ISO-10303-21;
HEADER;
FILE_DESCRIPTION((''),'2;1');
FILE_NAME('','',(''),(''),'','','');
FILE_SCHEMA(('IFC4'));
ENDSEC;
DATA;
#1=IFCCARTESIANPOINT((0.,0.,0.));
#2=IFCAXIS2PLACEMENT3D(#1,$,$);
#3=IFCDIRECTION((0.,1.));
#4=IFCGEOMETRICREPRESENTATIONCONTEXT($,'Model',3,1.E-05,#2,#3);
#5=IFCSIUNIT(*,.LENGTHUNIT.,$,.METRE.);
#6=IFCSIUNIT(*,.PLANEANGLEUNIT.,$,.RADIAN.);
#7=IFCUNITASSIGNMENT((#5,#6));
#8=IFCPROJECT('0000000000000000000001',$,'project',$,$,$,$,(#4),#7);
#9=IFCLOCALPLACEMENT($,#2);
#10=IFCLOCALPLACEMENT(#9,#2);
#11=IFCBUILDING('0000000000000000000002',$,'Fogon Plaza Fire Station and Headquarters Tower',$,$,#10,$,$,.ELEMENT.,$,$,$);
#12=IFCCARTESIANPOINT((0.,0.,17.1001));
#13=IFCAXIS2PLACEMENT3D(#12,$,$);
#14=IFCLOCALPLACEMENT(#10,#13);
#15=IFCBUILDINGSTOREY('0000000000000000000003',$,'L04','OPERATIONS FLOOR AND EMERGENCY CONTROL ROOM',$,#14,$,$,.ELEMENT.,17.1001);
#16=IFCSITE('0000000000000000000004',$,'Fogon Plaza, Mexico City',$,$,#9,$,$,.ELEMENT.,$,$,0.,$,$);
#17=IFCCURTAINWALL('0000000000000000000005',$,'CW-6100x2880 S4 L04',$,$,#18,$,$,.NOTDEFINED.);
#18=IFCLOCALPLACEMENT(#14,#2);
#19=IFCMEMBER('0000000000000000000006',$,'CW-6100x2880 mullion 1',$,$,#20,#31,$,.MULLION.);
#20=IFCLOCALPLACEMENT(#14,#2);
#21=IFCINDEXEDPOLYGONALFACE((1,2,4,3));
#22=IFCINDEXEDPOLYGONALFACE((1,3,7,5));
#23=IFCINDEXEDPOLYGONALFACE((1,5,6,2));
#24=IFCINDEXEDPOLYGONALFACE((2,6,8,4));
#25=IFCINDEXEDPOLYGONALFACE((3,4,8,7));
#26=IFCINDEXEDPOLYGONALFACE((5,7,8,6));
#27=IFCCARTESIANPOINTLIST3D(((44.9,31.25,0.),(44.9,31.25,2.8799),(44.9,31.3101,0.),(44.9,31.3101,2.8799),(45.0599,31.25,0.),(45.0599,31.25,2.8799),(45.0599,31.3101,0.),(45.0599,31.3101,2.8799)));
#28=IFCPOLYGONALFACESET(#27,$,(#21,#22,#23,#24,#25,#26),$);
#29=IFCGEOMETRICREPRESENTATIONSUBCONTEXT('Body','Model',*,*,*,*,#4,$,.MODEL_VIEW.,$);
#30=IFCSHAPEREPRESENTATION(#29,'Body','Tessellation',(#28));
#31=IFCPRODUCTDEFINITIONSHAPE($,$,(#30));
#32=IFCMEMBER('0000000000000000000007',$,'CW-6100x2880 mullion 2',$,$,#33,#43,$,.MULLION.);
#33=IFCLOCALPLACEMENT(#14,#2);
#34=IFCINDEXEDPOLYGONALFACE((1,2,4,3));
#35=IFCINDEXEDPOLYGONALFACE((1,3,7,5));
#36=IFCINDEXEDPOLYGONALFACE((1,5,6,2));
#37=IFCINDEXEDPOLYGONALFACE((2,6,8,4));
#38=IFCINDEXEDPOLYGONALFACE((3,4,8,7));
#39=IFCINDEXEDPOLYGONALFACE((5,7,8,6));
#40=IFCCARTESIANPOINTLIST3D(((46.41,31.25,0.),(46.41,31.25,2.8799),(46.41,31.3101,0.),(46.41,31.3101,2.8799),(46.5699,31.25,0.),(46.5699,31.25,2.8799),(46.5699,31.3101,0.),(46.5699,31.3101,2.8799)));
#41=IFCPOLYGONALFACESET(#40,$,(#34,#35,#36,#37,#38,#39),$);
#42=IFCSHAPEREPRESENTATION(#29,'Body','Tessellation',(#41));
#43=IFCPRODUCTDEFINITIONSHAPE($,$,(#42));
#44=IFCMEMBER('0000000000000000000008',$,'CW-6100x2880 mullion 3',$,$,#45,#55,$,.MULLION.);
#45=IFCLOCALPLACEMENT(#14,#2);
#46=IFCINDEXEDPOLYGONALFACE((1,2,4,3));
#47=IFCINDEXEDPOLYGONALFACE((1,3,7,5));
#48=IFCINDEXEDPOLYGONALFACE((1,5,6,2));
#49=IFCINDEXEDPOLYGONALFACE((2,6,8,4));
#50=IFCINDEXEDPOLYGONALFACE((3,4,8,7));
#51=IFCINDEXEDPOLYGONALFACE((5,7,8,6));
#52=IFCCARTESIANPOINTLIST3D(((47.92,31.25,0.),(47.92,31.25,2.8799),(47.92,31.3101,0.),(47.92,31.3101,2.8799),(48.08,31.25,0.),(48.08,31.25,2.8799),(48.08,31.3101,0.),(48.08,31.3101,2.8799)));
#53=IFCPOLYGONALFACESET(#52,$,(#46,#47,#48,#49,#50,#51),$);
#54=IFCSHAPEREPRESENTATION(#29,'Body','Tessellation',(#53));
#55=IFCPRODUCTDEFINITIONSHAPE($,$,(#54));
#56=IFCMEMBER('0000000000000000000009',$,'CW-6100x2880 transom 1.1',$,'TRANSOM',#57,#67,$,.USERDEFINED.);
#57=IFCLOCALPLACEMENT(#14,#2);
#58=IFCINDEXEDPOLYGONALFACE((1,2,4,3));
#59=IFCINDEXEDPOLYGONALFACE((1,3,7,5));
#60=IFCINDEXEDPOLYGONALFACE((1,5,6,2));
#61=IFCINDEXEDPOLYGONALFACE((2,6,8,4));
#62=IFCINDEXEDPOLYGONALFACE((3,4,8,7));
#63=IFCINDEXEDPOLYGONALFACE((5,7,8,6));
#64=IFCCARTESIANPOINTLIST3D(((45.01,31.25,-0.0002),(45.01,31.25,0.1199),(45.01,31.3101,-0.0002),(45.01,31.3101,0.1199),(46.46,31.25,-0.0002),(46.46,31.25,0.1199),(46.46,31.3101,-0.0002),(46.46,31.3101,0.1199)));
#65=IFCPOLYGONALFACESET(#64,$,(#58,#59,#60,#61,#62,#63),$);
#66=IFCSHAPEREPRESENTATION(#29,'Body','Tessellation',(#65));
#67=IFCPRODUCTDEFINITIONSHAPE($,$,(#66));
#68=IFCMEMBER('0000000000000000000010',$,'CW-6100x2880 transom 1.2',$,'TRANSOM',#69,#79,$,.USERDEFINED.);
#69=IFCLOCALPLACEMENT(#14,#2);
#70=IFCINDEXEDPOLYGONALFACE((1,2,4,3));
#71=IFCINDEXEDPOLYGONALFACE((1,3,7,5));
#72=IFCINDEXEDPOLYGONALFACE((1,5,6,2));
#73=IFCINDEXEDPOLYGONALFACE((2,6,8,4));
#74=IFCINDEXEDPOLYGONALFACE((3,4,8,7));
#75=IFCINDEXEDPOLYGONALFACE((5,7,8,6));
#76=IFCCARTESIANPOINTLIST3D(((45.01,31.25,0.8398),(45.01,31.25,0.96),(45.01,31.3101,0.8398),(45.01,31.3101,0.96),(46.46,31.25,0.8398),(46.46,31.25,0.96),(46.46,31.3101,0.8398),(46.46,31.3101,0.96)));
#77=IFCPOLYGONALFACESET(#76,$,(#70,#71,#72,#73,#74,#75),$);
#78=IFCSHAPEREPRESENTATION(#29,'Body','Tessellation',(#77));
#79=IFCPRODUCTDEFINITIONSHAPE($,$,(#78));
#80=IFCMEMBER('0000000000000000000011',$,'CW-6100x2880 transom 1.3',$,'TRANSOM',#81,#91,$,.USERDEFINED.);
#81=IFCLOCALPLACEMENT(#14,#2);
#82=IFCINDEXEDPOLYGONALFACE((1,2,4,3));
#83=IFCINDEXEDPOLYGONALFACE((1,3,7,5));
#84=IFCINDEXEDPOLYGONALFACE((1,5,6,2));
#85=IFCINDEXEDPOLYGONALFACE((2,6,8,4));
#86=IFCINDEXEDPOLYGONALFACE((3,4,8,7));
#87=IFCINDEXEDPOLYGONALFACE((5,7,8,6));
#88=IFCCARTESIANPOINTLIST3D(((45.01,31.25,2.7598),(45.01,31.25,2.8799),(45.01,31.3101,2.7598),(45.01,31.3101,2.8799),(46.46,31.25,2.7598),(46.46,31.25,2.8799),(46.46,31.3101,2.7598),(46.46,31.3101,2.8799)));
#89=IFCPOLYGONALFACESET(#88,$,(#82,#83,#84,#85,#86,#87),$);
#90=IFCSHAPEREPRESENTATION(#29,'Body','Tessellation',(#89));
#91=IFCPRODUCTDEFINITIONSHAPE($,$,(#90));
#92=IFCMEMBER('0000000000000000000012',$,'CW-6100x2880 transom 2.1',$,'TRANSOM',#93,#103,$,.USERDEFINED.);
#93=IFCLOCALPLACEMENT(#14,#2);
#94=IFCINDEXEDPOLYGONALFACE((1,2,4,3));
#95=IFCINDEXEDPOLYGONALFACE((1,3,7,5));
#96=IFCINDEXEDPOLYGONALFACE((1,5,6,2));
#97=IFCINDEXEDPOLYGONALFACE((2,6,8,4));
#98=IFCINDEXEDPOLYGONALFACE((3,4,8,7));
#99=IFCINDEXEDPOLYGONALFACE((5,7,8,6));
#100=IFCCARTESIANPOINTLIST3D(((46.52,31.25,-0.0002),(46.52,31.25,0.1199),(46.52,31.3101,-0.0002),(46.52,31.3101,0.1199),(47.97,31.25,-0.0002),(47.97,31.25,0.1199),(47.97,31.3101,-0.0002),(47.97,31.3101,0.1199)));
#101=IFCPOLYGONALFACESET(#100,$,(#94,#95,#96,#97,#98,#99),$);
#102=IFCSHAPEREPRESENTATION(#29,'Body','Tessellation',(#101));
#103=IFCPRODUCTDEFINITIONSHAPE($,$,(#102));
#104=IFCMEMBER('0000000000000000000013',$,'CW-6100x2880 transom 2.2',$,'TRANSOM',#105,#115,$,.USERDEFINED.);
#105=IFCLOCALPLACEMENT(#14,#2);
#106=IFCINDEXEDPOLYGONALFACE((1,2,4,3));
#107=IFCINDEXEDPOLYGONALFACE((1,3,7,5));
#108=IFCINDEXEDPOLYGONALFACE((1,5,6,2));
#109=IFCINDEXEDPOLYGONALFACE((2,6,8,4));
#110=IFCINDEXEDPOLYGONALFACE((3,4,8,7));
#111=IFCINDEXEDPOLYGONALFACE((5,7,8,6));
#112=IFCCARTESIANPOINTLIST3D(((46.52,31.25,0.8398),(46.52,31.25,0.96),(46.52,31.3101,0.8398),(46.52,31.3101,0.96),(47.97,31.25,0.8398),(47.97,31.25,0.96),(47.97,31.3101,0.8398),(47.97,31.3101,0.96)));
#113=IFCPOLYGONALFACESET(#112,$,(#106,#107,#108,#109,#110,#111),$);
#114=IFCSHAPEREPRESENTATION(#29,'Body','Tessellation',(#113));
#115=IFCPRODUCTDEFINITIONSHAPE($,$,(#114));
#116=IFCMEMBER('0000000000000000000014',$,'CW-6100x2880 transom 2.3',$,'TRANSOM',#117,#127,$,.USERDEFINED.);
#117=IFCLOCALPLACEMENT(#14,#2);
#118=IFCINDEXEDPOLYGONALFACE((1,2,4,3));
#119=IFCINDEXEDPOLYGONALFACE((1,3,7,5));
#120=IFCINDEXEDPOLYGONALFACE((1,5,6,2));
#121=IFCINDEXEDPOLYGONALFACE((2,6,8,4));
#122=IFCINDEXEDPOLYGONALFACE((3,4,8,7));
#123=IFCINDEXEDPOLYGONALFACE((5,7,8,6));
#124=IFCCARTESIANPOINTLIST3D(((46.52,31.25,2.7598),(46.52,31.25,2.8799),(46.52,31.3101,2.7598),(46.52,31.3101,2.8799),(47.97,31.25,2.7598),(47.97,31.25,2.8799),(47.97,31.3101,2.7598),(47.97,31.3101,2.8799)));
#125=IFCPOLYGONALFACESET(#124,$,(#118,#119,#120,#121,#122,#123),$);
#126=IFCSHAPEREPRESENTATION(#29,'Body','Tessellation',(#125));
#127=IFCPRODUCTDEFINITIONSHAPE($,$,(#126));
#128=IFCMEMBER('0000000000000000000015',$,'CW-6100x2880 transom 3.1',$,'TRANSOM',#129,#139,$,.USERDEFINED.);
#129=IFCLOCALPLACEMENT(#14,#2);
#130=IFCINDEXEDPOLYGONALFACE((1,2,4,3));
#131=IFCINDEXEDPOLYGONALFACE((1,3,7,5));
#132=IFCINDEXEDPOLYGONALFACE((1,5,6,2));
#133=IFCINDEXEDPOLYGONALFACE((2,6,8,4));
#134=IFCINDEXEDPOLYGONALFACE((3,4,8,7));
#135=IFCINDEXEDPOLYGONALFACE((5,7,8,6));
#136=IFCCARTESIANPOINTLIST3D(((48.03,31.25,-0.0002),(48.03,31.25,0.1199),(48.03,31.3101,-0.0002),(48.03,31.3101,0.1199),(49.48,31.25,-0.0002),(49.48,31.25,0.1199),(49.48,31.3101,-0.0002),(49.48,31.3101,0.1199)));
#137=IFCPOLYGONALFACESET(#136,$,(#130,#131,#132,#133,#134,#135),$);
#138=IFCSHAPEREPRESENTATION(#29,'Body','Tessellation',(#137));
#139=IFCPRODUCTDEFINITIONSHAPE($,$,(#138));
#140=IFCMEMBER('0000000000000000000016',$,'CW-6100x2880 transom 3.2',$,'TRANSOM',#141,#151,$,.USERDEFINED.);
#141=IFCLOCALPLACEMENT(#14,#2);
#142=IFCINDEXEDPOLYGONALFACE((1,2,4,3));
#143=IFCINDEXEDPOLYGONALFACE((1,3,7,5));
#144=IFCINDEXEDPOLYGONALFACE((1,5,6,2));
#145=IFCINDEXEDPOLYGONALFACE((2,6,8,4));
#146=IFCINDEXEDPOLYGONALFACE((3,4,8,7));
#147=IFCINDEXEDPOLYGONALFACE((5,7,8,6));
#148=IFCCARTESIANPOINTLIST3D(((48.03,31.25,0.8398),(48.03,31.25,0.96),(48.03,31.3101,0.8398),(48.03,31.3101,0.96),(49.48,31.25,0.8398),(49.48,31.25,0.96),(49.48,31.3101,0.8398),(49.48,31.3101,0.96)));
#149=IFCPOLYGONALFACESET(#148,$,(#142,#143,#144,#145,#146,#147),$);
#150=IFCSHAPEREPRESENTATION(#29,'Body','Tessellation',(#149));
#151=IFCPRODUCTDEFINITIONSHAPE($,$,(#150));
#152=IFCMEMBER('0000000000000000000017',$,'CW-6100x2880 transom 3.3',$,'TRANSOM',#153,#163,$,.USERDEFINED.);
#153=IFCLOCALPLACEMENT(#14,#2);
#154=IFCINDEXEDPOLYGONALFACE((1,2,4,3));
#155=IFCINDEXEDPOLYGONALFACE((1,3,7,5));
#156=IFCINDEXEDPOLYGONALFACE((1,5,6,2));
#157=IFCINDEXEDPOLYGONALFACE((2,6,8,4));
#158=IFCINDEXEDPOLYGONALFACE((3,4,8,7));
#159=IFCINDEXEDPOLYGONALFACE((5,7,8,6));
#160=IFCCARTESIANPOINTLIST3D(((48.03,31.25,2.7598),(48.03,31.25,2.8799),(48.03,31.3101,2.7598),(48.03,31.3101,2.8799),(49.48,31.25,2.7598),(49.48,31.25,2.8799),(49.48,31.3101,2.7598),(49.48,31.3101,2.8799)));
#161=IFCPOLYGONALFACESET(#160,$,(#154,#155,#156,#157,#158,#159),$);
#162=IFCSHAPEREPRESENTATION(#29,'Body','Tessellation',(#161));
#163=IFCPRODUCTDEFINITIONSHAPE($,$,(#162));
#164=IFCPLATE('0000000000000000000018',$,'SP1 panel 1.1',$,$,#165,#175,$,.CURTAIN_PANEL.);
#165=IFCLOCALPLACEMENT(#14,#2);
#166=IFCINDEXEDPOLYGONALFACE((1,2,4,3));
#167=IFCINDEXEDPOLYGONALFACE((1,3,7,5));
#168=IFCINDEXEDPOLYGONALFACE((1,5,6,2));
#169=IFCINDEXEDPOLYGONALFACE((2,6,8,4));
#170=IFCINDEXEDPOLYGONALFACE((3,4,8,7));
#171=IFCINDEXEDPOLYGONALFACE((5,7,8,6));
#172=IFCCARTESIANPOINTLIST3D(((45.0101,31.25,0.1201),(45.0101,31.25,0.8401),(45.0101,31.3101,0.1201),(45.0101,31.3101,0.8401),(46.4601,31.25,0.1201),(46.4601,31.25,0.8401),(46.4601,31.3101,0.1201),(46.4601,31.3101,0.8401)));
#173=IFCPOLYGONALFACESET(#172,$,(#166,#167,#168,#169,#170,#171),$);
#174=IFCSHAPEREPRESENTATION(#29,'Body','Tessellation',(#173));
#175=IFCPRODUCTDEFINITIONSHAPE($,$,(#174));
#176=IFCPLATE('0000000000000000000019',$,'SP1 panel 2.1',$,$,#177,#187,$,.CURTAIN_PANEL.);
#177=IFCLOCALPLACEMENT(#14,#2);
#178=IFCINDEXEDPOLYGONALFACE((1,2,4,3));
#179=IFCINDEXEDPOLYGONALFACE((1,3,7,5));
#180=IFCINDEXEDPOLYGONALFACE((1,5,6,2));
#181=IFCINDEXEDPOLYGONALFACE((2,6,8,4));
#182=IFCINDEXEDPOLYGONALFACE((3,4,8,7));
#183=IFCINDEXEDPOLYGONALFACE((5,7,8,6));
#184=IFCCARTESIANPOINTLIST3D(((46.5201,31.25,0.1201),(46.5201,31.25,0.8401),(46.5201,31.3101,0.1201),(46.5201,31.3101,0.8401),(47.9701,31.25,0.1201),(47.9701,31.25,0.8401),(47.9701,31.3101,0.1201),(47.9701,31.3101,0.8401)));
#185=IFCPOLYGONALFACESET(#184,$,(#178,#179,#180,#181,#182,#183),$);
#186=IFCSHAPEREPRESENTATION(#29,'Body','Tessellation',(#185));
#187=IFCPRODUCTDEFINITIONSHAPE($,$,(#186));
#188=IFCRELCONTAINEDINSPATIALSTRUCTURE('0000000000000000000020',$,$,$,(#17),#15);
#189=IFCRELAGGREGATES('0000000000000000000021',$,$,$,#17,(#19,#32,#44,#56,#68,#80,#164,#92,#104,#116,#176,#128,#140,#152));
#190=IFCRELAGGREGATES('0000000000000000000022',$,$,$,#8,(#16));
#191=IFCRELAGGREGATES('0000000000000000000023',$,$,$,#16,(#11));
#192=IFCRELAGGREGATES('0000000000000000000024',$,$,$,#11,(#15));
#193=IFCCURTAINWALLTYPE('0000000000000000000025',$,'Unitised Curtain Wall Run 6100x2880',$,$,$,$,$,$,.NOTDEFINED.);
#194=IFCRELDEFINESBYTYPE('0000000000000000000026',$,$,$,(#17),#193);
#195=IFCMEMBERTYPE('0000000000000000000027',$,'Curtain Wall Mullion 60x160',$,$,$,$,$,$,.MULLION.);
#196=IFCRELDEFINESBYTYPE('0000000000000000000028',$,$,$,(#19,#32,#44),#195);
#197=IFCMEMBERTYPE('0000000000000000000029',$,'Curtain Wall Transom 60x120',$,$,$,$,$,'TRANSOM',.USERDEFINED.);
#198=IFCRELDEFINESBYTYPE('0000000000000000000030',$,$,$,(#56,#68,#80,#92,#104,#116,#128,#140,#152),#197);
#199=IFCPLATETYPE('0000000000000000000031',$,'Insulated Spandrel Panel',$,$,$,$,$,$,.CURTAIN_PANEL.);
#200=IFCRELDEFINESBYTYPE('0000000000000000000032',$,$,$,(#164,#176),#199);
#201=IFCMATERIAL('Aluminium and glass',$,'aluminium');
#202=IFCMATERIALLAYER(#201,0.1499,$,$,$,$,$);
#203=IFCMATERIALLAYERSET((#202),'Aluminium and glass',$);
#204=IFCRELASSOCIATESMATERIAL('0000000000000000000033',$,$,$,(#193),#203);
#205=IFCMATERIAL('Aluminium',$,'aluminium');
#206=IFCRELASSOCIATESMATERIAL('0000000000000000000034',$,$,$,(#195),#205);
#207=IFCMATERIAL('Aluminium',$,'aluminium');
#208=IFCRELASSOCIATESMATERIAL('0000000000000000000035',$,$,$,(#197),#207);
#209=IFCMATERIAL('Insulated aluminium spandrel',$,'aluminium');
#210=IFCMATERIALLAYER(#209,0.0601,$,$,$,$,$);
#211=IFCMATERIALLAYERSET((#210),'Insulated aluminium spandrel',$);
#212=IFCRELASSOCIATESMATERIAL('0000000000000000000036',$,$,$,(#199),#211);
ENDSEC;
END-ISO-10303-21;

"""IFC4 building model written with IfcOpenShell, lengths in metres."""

from ifc_helpers import new_model, si_unit, direction, frame, origin, origin_2d, place, context, subcontext, project, spatial, rectangle, extrude, material, layer, layer_set, material_profile, profile_set, type_object, element, aggregate, save


model = new_model("IFC4")

# Units and contexts
model_context = context("Model", 3, precision=1e-05, world=origin(), true_north=direction((0.0, 1.0)))
body_context = subcontext(model_context, "Body", "Model", "MODEL_VIEW")
ifc_project = project(units=[si_unit("LENGTHUNIT", "METRE"), si_unit("PLANEANGLEUNIT", "RADIAN")], contexts=[model_context])

# Site, building, storey
site_placement = place(None, origin())
site = spatial("IfcSite", under=ifc_project, at=site_placement, Name="Fogon Plaza, Mexico City", CompositionType="ELEMENT", RefElevation=0.0)
building_placement = place(site_placement, origin())
building = spatial("IfcBuilding", under=site, at=building_placement, Name="Fogon Plaza Fire Station and Headquarters Tower", CompositionType="ELEMENT")
storey_placement = place(building_placement, frame((0.0, 0.0, 17.1001)))
storey = spatial("IfcBuildingStorey", under=building, at=storey_placement, Name="L04", Description="OPERATIONS FLOOR AND EMERGENCY CONTROL ROOM", CompositionType="ELEMENT", Elevation=17.1001)

# Curtain wall, members, plates
ifc_material_1 = material(Name="Aluminium and glass", Category="aluminium")
ifc_layer_1 = layer(ifc_material_1, 0.1499)
ifc_layer_set_1 = layer_set([ifc_layer_1], Name="Aluminium and glass")
curtain_wall_type = type_object("IfcCurtainWallType", Name="Unitised Curtain Wall Run 6100x2880", PredefinedType="NOTDEFINED", material=ifc_layer_set_1)
curtain_wall_placement = place(storey_placement, origin())
curtain_wall = element("IfcCurtainWall", 1, at=curtain_wall_placement, inside=storey, type_object=curtain_wall_type, Name="CW-6100x2880 S4 L04", PredefinedType="NOTDEFINED")
ifc_material_2 = material(Name="Aluminium", Category="aluminium")
ifc_material_profile_1 = material_profile(ifc_material_2, rectangle(XDim=0.0601, YDim=0.1599, at=origin_2d()), Name="Curtain Wall Mullion 60x160")
ifc_profile_set_1 = profile_set([ifc_material_profile_1], Name="Aluminium")
member_type_1 = type_object("IfcMemberType", Name="Curtain Wall Mullion 60x160", PredefinedType="MULLION", material=ifc_profile_set_1)
member_1_placement = place(storey_placement, frame((44.98, 31.28, 0.0), z_axis=(0.0, 0.0, 1.0), x_axis=(0.0, 1.0, 0.0)))
member_1 = element("IfcMember", 2, at=member_1_placement, type_object=member_type_1, Name="CW-6100x2880 mullion 1", PredefinedType="MULLION", context=body_context, shape_type="SweptSolid", body=[
    extrude(rectangle(XDim=0.0601, YDim=0.1599, at=origin_2d()), origin(), (0.0, 0.0, 1.0), 2.8799),
])
member_2_placement = place(storey_placement, frame((46.49, 31.28, 0.0), z_axis=(0.0, 0.0, 1.0), x_axis=(0.0, 1.0, 0.0)))
member_2 = element("IfcMember", 3, at=member_2_placement, type_object=member_type_1, Name="CW-6100x2880 mullion 2", PredefinedType="MULLION", context=body_context, shape_type="SweptSolid", body=[
    extrude(rectangle(XDim=0.0601, YDim=0.1599, at=origin_2d()), origin(), (0.0, 0.0, 1.0), 2.8799),
])
member_3_placement = place(storey_placement, frame((48.0, 31.28, 0.0), z_axis=(0.0, 0.0, 1.0), x_axis=(0.0, 1.0, 0.0)))
member_3 = element("IfcMember", 4, at=member_3_placement, type_object=member_type_1, Name="CW-6100x2880 mullion 3", PredefinedType="MULLION", context=body_context, shape_type="SweptSolid", body=[
    extrude(rectangle(XDim=0.0601, YDim=0.1599, at=origin_2d()), origin(), (0.0, 0.0, 1.0), 2.8799),
])
ifc_material_3 = material(Name="Aluminium", Category="aluminium")
ifc_material_profile_2 = material_profile(ifc_material_3, rectangle(XDim=0.0601, YDim=0.1201, at=origin_2d()), Name="Curtain Wall Transom 60x120")
ifc_profile_set_2 = profile_set([ifc_material_profile_2], Name="Aluminium")
member_type_2 = type_object("IfcMemberType", Name="Curtain Wall Transom 60x120", ElementType="TRANSOM", PredefinedType="USERDEFINED", material=ifc_profile_set_2)
member_4_placement = place(storey_placement, frame((45.01, 31.28, 0.0598), z_axis=(1.0, 0.0, 0.0), x_axis=(0.0, 1.0, 0.0)))
member_4 = element("IfcMember", 5, at=member_4_placement, type_object=member_type_2, Name="CW-6100x2880 transom 1.1", ObjectType="TRANSOM", PredefinedType="USERDEFINED", context=body_context, shape_type="SweptSolid", body=[
    extrude(rectangle(XDim=0.0601, YDim=0.1201, at=origin_2d()), origin(), (0.0, 0.0, 1.0), 1.45),
])
member_5_placement = place(storey_placement, frame((45.01, 31.28, 0.8999), z_axis=(1.0, 0.0, 0.0), x_axis=(0.0, 1.0, 0.0)))
member_5 = element("IfcMember", 6, at=member_5_placement, type_object=member_type_2, Name="CW-6100x2880 transom 1.2", ObjectType="TRANSOM", PredefinedType="USERDEFINED", context=body_context, shape_type="SweptSolid", body=[
    extrude(rectangle(XDim=0.0601, YDim=0.1201, at=origin_2d()), origin(), (0.0, 0.0, 1.0), 1.45),
])
member_6_placement = place(storey_placement, frame((45.01, 31.28, 2.8198), z_axis=(1.0, 0.0, 0.0), x_axis=(0.0, 1.0, 0.0)))
member_6 = element("IfcMember", 7, at=member_6_placement, type_object=member_type_2, Name="CW-6100x2880 transom 1.3", ObjectType="TRANSOM", PredefinedType="USERDEFINED", context=body_context, shape_type="SweptSolid", body=[
    extrude(rectangle(XDim=0.0601, YDim=0.1201, at=origin_2d()), origin(), (0.0, 0.0, 1.0), 1.45),
])
member_7_placement = place(storey_placement, frame((46.52, 31.28, 0.0598), z_axis=(1.0, 0.0, 0.0), x_axis=(0.0, 1.0, 0.0)))
member_7 = element("IfcMember", 8, at=member_7_placement, type_object=member_type_2, Name="CW-6100x2880 transom 2.1", ObjectType="TRANSOM", PredefinedType="USERDEFINED", context=body_context, shape_type="SweptSolid", body=[
    extrude(rectangle(XDim=0.0601, YDim=0.1201, at=origin_2d()), origin(), (0.0, 0.0, 1.0), 1.45),
])
member_8_placement = place(storey_placement, frame((46.52, 31.28, 0.8999), z_axis=(1.0, 0.0, 0.0), x_axis=(0.0, 1.0, 0.0)))
member_8 = element("IfcMember", 9, at=member_8_placement, type_object=member_type_2, Name="CW-6100x2880 transom 2.2", ObjectType="TRANSOM", PredefinedType="USERDEFINED", context=body_context, shape_type="SweptSolid", body=[
    extrude(rectangle(XDim=0.0601, YDim=0.1201, at=origin_2d()), origin(), (0.0, 0.0, 1.0), 1.45),
])
member_9_placement = place(storey_placement, frame((46.52, 31.28, 2.8198), z_axis=(1.0, 0.0, 0.0), x_axis=(0.0, 1.0, 0.0)))
member_9 = element("IfcMember", 10, at=member_9_placement, type_object=member_type_2, Name="CW-6100x2880 transom 2.3", ObjectType="TRANSOM", PredefinedType="USERDEFINED", context=body_context, shape_type="SweptSolid", body=[
    extrude(rectangle(XDim=0.0601, YDim=0.1201, at=origin_2d()), origin(), (0.0, 0.0, 1.0), 1.45),
])
member_10_placement = place(storey_placement, frame((48.03, 31.28, 0.0598), z_axis=(1.0, 0.0, 0.0), x_axis=(0.0, 1.0, 0.0)))
member_10 = element("IfcMember", 11, at=member_10_placement, type_object=member_type_2, Name="CW-6100x2880 transom 3.1", ObjectType="TRANSOM", PredefinedType="USERDEFINED", context=body_context, shape_type="SweptSolid", body=[
    extrude(rectangle(XDim=0.0601, YDim=0.1201, at=origin_2d()), origin(), (0.0, 0.0, 1.0), 1.45),
])
member_11_placement = place(storey_placement, frame((48.03, 31.28, 0.8999), z_axis=(1.0, 0.0, 0.0), x_axis=(0.0, 1.0, 0.0)))
member_11 = element("IfcMember", 12, at=member_11_placement, type_object=member_type_2, Name="CW-6100x2880 transom 3.2", ObjectType="TRANSOM", PredefinedType="USERDEFINED", context=body_context, shape_type="SweptSolid", body=[
    extrude(rectangle(XDim=0.0601, YDim=0.1201, at=origin_2d()), origin(), (0.0, 0.0, 1.0), 1.45),
])
member_12_placement = place(storey_placement, frame((48.03, 31.28, 2.8198), z_axis=(1.0, 0.0, 0.0), x_axis=(0.0, 1.0, 0.0)))
member_12 = element("IfcMember", 13, at=member_12_placement, type_object=member_type_2, Name="CW-6100x2880 transom 3.3", ObjectType="TRANSOM", PredefinedType="USERDEFINED", context=body_context, shape_type="SweptSolid", body=[
    extrude(rectangle(XDim=0.0601, YDim=0.1201, at=origin_2d()), origin(), (0.0, 0.0, 1.0), 1.45),
])
ifc_material_4 = material(Name="Insulated aluminium spandrel", Category="aluminium")
ifc_layer_2 = layer(ifc_material_4, 0.0601)
ifc_layer_set_2 = layer_set([ifc_layer_2], Name="Insulated aluminium spandrel")
plate_type_1 = type_object("IfcPlateType", Name="Insulated Spandrel Panel", PredefinedType="CURTAIN_PANEL", material=ifc_layer_set_2)
plate_1_placement = place(storey_placement, frame((45.7351, 31.28, 0.1201), z_axis=(0.0, 0.0, 1.0), x_axis=(1.0, 0.0, 0.0)))
plate_1 = element("IfcPlate", 14, at=plate_1_placement, type_object=plate_type_1, Name="SP1 panel 1.1", PredefinedType="CURTAIN_PANEL", context=body_context, shape_type="SweptSolid", body=[
    extrude(rectangle(XDim=1.45, YDim=0.0601, at=origin_2d()), origin(), (0.0, 0.0, 1.0), 0.72),
])
plate_2_placement = place(storey_placement, frame((47.2451, 31.28, 0.1201), z_axis=(0.0, 0.0, 1.0), x_axis=(1.0, 0.0, 0.0)))
plate_2 = element("IfcPlate", 15, at=plate_2_placement, type_object=plate_type_1, Name="SP1 panel 2.1", PredefinedType="CURTAIN_PANEL", context=body_context, shape_type="SweptSolid", body=[
    extrude(rectangle(XDim=1.45, YDim=0.0601, at=origin_2d()), origin(), (0.0, 0.0, 1.0), 0.72),
])
aggregate(curtain_wall, [member_1, member_2, member_3, member_4, member_5, member_6, plate_1, member_7, member_8, member_9, plate_2, member_10, member_11, member_12])

save(model, "model.ifc")
